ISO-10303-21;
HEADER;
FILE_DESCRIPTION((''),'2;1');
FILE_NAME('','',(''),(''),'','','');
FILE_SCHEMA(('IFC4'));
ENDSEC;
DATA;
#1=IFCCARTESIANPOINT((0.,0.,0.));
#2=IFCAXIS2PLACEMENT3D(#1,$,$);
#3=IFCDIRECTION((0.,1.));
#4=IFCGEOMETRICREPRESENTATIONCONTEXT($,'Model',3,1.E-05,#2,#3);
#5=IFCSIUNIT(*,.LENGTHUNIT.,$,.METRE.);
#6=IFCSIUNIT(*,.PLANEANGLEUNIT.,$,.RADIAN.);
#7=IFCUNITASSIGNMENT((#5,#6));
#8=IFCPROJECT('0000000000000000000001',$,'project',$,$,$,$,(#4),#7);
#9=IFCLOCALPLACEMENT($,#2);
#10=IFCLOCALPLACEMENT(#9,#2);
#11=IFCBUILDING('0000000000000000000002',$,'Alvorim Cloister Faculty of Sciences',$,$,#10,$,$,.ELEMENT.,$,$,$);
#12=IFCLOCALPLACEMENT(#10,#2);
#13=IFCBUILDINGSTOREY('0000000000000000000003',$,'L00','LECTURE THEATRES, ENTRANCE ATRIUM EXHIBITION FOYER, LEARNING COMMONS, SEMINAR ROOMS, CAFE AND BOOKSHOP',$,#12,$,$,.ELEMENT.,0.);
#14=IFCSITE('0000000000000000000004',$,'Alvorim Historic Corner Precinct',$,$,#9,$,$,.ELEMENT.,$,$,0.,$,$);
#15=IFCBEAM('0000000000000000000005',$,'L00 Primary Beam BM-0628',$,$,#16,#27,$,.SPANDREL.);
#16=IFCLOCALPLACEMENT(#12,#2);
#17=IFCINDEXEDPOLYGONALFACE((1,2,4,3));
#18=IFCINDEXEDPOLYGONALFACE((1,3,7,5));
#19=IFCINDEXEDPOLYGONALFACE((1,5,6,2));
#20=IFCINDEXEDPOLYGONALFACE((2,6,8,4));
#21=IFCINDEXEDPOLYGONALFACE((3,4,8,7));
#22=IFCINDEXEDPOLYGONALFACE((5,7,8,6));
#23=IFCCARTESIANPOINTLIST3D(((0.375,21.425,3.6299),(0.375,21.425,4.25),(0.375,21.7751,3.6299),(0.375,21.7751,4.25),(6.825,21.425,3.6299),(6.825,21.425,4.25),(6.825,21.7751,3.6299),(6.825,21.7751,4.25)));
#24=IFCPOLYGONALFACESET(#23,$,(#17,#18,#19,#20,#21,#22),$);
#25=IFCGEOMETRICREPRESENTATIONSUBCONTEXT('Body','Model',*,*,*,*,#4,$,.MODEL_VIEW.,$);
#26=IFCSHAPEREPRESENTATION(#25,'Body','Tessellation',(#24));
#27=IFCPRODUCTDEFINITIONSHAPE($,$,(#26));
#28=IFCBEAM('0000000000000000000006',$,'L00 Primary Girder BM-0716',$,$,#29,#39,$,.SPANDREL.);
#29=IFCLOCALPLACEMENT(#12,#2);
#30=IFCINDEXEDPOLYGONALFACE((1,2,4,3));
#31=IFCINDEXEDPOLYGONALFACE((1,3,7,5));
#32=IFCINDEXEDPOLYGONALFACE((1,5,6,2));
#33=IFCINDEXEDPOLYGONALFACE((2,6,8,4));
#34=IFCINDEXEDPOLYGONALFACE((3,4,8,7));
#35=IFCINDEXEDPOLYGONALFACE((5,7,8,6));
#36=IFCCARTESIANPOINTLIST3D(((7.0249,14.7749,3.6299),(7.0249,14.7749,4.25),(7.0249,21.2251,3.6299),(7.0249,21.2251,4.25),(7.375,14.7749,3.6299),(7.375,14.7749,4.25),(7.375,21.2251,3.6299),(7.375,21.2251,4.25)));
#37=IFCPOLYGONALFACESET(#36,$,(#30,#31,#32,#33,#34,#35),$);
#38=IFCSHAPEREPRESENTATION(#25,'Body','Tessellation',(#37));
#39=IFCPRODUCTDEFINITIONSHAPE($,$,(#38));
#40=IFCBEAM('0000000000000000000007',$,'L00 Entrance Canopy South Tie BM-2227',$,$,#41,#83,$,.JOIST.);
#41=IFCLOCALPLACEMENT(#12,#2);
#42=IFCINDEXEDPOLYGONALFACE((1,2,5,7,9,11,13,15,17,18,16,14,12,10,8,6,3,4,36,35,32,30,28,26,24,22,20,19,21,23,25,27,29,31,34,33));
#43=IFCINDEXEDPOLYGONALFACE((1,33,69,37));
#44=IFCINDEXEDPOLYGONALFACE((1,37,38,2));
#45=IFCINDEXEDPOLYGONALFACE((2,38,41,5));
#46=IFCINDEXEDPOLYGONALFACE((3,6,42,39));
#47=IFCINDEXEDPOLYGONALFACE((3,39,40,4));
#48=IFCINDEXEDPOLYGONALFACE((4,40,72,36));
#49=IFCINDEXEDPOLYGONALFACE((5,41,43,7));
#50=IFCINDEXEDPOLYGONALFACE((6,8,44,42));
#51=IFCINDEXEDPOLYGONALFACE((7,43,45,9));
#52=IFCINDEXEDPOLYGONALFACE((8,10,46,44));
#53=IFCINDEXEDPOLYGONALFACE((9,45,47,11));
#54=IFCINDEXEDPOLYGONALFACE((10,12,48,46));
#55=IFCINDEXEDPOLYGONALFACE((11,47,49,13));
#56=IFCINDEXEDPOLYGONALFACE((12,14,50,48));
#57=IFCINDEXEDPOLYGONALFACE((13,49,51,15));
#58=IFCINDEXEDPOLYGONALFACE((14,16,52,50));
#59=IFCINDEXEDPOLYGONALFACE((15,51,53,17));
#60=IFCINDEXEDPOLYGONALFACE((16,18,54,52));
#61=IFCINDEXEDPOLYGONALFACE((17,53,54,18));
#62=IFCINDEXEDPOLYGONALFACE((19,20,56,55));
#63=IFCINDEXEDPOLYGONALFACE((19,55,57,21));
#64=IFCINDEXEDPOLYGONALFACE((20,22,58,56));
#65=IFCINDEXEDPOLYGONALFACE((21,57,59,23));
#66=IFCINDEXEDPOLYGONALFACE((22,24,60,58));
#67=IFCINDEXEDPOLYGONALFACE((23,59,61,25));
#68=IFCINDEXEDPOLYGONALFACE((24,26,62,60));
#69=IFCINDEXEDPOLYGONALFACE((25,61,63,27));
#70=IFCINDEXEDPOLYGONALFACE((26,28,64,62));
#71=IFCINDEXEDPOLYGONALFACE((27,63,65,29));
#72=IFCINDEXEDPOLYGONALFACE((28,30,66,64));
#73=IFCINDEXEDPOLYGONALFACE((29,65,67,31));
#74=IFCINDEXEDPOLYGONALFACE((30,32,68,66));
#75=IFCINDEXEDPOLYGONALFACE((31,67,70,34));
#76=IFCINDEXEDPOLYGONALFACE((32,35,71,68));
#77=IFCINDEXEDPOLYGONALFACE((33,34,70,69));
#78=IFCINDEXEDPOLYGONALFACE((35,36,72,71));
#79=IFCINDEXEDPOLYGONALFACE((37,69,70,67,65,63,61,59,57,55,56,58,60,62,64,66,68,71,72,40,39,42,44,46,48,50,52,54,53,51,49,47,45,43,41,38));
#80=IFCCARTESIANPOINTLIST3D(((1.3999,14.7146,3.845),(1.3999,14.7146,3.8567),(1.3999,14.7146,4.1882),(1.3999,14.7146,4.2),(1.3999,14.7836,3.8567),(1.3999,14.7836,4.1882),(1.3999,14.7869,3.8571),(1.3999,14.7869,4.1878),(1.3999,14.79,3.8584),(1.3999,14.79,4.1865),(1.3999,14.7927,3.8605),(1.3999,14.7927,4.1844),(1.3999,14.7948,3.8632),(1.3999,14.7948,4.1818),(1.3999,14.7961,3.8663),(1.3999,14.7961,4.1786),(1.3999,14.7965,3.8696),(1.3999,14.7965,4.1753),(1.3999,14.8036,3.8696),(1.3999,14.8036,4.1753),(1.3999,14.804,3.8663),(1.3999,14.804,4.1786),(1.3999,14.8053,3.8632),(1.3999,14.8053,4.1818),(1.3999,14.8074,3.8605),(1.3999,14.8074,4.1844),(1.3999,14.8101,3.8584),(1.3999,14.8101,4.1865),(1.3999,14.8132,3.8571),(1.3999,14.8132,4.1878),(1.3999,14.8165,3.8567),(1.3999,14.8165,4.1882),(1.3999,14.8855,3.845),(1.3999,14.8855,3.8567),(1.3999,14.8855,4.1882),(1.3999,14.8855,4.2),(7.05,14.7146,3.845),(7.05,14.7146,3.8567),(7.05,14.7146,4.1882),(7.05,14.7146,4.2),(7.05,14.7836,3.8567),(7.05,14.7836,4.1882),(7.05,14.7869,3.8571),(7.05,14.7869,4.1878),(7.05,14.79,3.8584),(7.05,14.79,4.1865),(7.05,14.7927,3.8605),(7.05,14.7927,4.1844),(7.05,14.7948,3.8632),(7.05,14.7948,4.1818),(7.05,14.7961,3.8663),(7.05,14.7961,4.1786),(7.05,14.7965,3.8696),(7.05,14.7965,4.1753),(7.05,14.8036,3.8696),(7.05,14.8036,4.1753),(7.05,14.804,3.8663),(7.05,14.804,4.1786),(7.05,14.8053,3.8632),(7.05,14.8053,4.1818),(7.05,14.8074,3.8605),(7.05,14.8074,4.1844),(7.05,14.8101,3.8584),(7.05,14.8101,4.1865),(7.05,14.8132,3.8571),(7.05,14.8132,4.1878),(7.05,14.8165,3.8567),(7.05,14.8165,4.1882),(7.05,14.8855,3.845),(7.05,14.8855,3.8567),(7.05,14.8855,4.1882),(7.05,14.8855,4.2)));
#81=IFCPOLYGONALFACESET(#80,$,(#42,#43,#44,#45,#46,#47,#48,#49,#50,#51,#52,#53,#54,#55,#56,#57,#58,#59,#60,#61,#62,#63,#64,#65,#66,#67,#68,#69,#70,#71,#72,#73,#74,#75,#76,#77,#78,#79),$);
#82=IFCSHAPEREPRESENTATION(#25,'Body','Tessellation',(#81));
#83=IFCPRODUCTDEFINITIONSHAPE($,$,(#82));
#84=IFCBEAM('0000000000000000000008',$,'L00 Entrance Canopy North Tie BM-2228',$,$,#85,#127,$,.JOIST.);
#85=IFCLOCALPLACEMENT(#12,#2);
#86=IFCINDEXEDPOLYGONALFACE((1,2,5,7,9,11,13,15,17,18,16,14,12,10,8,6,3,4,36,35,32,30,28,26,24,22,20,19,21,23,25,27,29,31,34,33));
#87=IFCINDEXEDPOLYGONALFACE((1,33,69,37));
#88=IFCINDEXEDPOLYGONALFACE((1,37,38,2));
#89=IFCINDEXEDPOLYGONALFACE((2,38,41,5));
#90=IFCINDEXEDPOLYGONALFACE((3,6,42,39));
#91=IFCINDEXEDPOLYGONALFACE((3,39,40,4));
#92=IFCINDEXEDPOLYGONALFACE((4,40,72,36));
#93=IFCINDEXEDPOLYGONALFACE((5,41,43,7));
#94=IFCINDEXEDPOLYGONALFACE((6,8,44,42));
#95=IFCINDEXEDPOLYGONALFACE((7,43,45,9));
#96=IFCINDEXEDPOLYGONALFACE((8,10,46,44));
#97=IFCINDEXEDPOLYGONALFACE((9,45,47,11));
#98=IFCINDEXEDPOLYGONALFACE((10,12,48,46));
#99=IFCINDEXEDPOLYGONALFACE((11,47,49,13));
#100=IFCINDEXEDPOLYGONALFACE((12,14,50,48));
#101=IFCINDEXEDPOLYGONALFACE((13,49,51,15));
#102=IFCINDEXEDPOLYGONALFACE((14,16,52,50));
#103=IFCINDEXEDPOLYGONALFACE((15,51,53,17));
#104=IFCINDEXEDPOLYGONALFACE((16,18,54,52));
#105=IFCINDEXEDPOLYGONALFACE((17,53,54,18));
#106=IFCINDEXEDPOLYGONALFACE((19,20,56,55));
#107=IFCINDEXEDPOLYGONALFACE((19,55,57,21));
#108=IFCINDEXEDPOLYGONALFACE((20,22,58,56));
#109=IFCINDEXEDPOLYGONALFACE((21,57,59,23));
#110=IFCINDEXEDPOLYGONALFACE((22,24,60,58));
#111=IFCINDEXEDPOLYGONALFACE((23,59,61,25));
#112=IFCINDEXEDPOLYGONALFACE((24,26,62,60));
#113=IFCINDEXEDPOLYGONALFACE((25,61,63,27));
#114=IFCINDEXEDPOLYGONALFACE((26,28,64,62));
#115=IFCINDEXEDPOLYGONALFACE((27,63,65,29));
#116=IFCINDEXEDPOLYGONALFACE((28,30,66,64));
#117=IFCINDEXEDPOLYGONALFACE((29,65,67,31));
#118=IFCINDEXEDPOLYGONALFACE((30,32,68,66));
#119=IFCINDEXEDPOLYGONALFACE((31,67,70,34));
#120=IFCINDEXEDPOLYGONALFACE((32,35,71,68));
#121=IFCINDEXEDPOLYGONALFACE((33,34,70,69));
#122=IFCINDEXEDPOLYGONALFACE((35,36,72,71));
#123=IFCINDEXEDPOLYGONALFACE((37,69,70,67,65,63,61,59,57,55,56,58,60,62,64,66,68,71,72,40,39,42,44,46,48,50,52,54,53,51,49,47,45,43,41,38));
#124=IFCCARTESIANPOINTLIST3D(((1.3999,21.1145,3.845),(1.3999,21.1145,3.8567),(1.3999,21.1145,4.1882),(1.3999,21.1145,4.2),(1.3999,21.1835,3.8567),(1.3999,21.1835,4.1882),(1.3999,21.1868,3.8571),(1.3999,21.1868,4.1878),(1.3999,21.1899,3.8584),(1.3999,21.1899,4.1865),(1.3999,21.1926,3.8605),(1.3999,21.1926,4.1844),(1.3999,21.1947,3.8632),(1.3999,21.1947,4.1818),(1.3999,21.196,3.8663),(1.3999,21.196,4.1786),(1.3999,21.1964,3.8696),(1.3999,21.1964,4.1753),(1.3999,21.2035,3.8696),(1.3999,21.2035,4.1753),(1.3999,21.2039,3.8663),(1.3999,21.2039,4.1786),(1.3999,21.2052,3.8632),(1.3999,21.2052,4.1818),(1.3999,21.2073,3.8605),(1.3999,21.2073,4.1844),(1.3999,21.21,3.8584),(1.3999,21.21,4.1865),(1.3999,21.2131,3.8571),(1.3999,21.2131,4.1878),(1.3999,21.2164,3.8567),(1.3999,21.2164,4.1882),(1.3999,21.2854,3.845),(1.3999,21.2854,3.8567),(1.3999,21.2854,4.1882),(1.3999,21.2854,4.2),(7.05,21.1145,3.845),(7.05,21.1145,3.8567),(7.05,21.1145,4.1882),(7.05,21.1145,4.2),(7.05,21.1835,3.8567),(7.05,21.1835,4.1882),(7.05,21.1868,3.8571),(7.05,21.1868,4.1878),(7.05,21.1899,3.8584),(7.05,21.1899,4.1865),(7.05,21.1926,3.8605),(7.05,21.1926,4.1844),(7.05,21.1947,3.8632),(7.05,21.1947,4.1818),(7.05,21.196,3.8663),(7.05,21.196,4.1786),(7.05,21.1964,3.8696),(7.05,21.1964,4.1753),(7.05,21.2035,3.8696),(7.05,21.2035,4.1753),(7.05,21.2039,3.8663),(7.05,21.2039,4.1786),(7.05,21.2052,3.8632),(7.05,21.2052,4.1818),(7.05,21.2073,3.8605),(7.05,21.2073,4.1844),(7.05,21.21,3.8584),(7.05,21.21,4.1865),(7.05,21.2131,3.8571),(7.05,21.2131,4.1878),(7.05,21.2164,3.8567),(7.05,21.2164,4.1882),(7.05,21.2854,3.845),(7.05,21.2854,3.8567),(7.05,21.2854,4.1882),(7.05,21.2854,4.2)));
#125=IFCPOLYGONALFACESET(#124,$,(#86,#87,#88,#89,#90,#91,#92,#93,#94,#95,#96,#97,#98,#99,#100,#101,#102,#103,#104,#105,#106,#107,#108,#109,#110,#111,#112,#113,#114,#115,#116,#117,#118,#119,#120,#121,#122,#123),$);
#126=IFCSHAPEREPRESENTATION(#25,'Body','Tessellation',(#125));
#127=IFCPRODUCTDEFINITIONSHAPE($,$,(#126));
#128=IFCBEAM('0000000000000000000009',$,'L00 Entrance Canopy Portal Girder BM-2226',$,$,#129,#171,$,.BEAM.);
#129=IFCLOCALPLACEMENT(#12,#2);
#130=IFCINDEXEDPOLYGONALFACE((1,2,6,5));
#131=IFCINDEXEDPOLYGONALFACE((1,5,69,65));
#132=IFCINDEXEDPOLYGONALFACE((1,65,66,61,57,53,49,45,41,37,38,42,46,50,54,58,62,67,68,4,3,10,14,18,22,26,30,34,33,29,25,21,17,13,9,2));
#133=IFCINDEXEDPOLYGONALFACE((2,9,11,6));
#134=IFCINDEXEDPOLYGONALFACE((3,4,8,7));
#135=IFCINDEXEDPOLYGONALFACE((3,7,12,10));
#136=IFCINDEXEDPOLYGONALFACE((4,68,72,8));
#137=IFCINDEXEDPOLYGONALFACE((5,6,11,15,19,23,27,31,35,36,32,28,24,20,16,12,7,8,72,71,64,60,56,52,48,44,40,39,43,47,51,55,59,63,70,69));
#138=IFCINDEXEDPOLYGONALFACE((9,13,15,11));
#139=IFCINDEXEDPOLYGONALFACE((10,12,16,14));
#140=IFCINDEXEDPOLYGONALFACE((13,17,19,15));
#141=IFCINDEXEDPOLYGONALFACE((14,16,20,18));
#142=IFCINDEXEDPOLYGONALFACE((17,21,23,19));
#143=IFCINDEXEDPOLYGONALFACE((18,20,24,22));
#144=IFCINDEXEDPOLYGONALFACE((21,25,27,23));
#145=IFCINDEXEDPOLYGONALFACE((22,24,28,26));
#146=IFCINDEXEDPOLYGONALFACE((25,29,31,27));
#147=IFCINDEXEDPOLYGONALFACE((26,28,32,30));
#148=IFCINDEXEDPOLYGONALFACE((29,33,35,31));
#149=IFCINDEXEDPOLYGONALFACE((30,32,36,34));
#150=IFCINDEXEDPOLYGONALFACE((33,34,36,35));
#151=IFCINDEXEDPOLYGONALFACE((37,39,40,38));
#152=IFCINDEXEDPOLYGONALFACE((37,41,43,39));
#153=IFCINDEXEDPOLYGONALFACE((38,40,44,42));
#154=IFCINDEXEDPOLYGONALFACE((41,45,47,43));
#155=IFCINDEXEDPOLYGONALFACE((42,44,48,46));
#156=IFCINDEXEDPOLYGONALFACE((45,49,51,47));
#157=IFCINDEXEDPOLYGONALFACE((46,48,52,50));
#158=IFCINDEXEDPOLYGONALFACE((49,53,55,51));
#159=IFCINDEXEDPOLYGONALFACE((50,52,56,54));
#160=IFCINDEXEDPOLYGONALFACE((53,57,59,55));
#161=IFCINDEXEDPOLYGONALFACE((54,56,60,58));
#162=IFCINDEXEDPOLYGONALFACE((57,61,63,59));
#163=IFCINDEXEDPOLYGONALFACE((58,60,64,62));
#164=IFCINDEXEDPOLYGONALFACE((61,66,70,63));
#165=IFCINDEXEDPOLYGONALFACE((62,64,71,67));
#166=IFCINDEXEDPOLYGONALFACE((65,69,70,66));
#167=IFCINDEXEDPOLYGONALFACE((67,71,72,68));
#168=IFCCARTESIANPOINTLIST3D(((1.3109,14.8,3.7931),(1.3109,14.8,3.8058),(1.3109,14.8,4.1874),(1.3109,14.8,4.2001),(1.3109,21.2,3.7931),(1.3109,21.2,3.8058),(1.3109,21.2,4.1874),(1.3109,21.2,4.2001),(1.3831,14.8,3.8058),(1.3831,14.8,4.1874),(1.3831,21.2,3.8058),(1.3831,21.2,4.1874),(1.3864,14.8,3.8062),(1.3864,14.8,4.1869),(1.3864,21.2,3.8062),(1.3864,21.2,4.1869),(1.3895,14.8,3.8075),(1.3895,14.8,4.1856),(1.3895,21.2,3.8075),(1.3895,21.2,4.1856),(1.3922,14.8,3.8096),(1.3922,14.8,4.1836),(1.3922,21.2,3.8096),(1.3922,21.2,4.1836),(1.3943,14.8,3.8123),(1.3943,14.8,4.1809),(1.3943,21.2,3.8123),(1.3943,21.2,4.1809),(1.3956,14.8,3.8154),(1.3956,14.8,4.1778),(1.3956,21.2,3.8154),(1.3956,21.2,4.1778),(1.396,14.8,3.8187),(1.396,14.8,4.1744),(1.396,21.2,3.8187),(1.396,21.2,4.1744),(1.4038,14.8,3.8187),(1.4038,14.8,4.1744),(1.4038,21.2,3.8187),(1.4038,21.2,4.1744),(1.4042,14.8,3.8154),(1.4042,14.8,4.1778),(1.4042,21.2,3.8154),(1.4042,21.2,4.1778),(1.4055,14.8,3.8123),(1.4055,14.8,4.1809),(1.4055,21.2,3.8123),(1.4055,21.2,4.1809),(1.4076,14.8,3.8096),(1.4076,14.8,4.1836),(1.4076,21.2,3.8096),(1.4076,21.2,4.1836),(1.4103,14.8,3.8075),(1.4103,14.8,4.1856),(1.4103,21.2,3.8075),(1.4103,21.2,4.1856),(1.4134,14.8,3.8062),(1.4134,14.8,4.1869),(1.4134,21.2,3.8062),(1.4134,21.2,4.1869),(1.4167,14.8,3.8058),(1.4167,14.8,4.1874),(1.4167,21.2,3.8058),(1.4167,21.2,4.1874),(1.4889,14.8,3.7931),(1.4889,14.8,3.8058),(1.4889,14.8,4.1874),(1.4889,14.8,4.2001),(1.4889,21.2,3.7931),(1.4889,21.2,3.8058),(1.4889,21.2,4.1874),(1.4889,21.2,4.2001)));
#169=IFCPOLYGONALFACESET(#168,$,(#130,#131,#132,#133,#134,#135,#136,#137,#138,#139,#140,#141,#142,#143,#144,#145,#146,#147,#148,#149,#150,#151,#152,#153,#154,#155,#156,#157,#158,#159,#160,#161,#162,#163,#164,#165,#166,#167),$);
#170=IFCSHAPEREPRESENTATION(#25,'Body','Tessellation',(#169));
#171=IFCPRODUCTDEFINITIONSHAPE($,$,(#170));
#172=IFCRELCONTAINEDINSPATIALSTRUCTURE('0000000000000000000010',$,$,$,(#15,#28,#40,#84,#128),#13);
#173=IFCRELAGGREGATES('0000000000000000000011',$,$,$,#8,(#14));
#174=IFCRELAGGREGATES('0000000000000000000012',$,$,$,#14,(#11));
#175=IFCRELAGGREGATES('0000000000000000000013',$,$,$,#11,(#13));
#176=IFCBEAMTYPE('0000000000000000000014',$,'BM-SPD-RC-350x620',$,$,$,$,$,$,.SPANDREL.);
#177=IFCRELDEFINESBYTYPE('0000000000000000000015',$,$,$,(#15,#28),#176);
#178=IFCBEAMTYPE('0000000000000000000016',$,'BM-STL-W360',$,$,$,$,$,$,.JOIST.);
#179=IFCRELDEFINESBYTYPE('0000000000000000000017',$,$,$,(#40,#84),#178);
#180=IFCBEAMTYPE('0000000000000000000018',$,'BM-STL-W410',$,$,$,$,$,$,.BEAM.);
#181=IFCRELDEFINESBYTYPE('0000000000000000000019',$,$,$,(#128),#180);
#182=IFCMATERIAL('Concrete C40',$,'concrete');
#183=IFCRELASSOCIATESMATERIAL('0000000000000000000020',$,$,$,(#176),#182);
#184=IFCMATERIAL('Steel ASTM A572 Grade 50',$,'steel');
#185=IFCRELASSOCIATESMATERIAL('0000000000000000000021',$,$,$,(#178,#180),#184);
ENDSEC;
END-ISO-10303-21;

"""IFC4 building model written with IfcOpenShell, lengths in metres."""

from ifc_helpers import new_model, si_unit, direction, frame, origin, origin_2d, place, context, subcontext, project, spatial, rectangle, i_section, extrude, material, material_profile, profile_set, type_object, element, save


model = new_model("IFC4")

# Units and contexts
model_context = context("Model", 3, precision=1e-05, world=origin(), true_north=direction((0.0, 1.0)))
body_context = subcontext(model_context, "Body", "Model", "MODEL_VIEW")
ifc_project = project(units=[si_unit("LENGTHUNIT", "METRE"), si_unit("PLANEANGLEUNIT", "RADIAN")], contexts=[model_context])

# Site, building, storey
site_placement = place(None, origin())
site = spatial("IfcSite", under=ifc_project, at=site_placement, Name="Alvorim Historic Corner Precinct", CompositionType="ELEMENT", RefElevation=0.0)
building_placement = place(site_placement, origin())
building = spatial("IfcBuilding", under=site, at=building_placement, Name="Alvorim Cloister Faculty of Sciences", CompositionType="ELEMENT")
storey_placement = place(building_placement, origin())
storey = spatial("IfcBuildingStorey", under=building, at=storey_placement, Name="L00", Description="LECTURE THEATRES, ENTRANCE ATRIUM EXHIBITION FOYER, LEARNING COMMONS, SEMINAR ROOMS, CAFE AND BOOKSHOP", CompositionType="ELEMENT", Elevation=0.0)

# Shared definitions
ifc_material_1 = material(Name="Concrete C40", Category="concrete")
ifc_material_2 = material(Name="Steel ASTM A572 Grade 50", Category="steel")

# Beams
ifc_material_profile_1 = material_profile(ifc_material_1, rectangle(XDim=0.3501, YDim=0.6201, at=origin_2d()), Name="RC40-SPD-350x620")
ifc_profile_set_1 = profile_set([ifc_material_profile_1], Name="Concrete C40")
beam_type_1 = type_object("IfcBeamType", Name="BM-SPD-RC-350x620", PredefinedType="SPANDREL", material=ifc_profile_set_1)
for number, where, z_axis, x_axis, name in (
    (1, (0.375, 21.6001, 3.9399), (1.0, 0.0, 0.0), (0.0, 1.0, 0.0), "L00 Primary Beam BM-0628"),
):
    element("IfcBeam", number, at=place(storey_placement, frame(where, z_axis=z_axis, x_axis=x_axis)), inside=storey, type_object=beam_type_1, Name=name, PredefinedType="SPANDREL", context=body_context, shape_type="SweptSolid", body=[
        extrude(rectangle(XDim=0.3501, YDim=0.6201, at=origin_2d()), origin(), (0.0, 0.0, 1.0), 6.45),
    ])
beam_1_placement = place(storey_placement, frame((7.2, 14.7749, 3.9399), z_axis=(0.0, 1.0, 0.0), x_axis=(-1.0, 0.0, 0.0)))
element("IfcBeam", 2, at=beam_1_placement, inside=storey, type_object=beam_type_1, Name="L00 Primary Girder BM-0716", PredefinedType="SPANDREL", context=body_context, shape_type="SweptSolid", body=[
    extrude(rectangle(XDim=0.3501, YDim=0.6201, at=origin_2d()), origin(), (0.0, 0.0, 1.0), 6.4502),
])
ifc_material_profile_2 = material_profile(ifc_material_2, i_section(OverallWidth=0.1709, OverallDepth=0.355, WebThickness=0.0071, FlangeThickness=0.0117, FilletRadius=0.0129, at=origin_2d()), Name="W360x51.0")
ifc_profile_set_2 = profile_set([ifc_material_profile_2], Name="Steel ASTM A572 Grade 50")
beam_type_2 = type_object("IfcBeamType", Name="BM-STL-W360", PredefinedType="JOIST", material=ifc_profile_set_2)
for number, where, z_axis, x_axis, name in (
    (3, (1.3999, 14.8, 4.0225), (1.0, 0.0, 0.0), (0.0, 1.0, 0.0), "L00 Entrance Canopy South Tie BM-2227"),
    (4, (1.3999, 21.2, 4.0225), (1.0, 0.0, 0.0), (0.0, 1.0, 0.0), "L00 Entrance Canopy North Tie BM-2228"),
):
    element("IfcBeam", number, at=place(storey_placement, frame(where, z_axis=z_axis, x_axis=x_axis)), inside=storey, type_object=beam_type_2, Name=name, PredefinedType="JOIST", context=body_context, shape_type="SweptSolid", body=[
        extrude(i_section(OverallWidth=0.1709, OverallDepth=0.355, WebThickness=0.0071, FlangeThickness=0.0117, FilletRadius=0.0129, at=origin_2d()), origin(), (0.0, 0.0, 1.0), 5.6501),
    ])
ifc_material_profile_3 = material_profile(ifc_material_2, i_section(OverallWidth=0.178, OverallDepth=0.407, WebThickness=0.0078, FlangeThickness=0.0127, FilletRadius=0.0129, at=origin_2d()), Name="W410x60.0")
ifc_profile_set_3 = profile_set([ifc_material_profile_3], Name="Steel ASTM A572 Grade 50")
beam_type_3 = type_object("IfcBeamType", Name="BM-STL-W410", PredefinedType="BEAM", material=ifc_profile_set_3)
beam_2_placement = place(storey_placement, frame((1.3999, 14.8, 3.9966), z_axis=(0.0, 1.0, 0.0), x_axis=(-1.0, 0.0, 0.0)))
element("IfcBeam", 5, at=beam_2_placement, inside=storey, type_object=beam_type_3, Name="L00 Entrance Canopy Portal Girder BM-2226", PredefinedType="BEAM", context=body_context, shape_type="SweptSolid", body=[
    extrude(i_section(OverallWidth=0.178, OverallDepth=0.407, WebThickness=0.0078, FlangeThickness=0.0127, FilletRadius=0.0129, at=origin_2d()), origin(), (0.0, 0.0, 1.0), 6.3999),
])

save(model, "model.ifc")
